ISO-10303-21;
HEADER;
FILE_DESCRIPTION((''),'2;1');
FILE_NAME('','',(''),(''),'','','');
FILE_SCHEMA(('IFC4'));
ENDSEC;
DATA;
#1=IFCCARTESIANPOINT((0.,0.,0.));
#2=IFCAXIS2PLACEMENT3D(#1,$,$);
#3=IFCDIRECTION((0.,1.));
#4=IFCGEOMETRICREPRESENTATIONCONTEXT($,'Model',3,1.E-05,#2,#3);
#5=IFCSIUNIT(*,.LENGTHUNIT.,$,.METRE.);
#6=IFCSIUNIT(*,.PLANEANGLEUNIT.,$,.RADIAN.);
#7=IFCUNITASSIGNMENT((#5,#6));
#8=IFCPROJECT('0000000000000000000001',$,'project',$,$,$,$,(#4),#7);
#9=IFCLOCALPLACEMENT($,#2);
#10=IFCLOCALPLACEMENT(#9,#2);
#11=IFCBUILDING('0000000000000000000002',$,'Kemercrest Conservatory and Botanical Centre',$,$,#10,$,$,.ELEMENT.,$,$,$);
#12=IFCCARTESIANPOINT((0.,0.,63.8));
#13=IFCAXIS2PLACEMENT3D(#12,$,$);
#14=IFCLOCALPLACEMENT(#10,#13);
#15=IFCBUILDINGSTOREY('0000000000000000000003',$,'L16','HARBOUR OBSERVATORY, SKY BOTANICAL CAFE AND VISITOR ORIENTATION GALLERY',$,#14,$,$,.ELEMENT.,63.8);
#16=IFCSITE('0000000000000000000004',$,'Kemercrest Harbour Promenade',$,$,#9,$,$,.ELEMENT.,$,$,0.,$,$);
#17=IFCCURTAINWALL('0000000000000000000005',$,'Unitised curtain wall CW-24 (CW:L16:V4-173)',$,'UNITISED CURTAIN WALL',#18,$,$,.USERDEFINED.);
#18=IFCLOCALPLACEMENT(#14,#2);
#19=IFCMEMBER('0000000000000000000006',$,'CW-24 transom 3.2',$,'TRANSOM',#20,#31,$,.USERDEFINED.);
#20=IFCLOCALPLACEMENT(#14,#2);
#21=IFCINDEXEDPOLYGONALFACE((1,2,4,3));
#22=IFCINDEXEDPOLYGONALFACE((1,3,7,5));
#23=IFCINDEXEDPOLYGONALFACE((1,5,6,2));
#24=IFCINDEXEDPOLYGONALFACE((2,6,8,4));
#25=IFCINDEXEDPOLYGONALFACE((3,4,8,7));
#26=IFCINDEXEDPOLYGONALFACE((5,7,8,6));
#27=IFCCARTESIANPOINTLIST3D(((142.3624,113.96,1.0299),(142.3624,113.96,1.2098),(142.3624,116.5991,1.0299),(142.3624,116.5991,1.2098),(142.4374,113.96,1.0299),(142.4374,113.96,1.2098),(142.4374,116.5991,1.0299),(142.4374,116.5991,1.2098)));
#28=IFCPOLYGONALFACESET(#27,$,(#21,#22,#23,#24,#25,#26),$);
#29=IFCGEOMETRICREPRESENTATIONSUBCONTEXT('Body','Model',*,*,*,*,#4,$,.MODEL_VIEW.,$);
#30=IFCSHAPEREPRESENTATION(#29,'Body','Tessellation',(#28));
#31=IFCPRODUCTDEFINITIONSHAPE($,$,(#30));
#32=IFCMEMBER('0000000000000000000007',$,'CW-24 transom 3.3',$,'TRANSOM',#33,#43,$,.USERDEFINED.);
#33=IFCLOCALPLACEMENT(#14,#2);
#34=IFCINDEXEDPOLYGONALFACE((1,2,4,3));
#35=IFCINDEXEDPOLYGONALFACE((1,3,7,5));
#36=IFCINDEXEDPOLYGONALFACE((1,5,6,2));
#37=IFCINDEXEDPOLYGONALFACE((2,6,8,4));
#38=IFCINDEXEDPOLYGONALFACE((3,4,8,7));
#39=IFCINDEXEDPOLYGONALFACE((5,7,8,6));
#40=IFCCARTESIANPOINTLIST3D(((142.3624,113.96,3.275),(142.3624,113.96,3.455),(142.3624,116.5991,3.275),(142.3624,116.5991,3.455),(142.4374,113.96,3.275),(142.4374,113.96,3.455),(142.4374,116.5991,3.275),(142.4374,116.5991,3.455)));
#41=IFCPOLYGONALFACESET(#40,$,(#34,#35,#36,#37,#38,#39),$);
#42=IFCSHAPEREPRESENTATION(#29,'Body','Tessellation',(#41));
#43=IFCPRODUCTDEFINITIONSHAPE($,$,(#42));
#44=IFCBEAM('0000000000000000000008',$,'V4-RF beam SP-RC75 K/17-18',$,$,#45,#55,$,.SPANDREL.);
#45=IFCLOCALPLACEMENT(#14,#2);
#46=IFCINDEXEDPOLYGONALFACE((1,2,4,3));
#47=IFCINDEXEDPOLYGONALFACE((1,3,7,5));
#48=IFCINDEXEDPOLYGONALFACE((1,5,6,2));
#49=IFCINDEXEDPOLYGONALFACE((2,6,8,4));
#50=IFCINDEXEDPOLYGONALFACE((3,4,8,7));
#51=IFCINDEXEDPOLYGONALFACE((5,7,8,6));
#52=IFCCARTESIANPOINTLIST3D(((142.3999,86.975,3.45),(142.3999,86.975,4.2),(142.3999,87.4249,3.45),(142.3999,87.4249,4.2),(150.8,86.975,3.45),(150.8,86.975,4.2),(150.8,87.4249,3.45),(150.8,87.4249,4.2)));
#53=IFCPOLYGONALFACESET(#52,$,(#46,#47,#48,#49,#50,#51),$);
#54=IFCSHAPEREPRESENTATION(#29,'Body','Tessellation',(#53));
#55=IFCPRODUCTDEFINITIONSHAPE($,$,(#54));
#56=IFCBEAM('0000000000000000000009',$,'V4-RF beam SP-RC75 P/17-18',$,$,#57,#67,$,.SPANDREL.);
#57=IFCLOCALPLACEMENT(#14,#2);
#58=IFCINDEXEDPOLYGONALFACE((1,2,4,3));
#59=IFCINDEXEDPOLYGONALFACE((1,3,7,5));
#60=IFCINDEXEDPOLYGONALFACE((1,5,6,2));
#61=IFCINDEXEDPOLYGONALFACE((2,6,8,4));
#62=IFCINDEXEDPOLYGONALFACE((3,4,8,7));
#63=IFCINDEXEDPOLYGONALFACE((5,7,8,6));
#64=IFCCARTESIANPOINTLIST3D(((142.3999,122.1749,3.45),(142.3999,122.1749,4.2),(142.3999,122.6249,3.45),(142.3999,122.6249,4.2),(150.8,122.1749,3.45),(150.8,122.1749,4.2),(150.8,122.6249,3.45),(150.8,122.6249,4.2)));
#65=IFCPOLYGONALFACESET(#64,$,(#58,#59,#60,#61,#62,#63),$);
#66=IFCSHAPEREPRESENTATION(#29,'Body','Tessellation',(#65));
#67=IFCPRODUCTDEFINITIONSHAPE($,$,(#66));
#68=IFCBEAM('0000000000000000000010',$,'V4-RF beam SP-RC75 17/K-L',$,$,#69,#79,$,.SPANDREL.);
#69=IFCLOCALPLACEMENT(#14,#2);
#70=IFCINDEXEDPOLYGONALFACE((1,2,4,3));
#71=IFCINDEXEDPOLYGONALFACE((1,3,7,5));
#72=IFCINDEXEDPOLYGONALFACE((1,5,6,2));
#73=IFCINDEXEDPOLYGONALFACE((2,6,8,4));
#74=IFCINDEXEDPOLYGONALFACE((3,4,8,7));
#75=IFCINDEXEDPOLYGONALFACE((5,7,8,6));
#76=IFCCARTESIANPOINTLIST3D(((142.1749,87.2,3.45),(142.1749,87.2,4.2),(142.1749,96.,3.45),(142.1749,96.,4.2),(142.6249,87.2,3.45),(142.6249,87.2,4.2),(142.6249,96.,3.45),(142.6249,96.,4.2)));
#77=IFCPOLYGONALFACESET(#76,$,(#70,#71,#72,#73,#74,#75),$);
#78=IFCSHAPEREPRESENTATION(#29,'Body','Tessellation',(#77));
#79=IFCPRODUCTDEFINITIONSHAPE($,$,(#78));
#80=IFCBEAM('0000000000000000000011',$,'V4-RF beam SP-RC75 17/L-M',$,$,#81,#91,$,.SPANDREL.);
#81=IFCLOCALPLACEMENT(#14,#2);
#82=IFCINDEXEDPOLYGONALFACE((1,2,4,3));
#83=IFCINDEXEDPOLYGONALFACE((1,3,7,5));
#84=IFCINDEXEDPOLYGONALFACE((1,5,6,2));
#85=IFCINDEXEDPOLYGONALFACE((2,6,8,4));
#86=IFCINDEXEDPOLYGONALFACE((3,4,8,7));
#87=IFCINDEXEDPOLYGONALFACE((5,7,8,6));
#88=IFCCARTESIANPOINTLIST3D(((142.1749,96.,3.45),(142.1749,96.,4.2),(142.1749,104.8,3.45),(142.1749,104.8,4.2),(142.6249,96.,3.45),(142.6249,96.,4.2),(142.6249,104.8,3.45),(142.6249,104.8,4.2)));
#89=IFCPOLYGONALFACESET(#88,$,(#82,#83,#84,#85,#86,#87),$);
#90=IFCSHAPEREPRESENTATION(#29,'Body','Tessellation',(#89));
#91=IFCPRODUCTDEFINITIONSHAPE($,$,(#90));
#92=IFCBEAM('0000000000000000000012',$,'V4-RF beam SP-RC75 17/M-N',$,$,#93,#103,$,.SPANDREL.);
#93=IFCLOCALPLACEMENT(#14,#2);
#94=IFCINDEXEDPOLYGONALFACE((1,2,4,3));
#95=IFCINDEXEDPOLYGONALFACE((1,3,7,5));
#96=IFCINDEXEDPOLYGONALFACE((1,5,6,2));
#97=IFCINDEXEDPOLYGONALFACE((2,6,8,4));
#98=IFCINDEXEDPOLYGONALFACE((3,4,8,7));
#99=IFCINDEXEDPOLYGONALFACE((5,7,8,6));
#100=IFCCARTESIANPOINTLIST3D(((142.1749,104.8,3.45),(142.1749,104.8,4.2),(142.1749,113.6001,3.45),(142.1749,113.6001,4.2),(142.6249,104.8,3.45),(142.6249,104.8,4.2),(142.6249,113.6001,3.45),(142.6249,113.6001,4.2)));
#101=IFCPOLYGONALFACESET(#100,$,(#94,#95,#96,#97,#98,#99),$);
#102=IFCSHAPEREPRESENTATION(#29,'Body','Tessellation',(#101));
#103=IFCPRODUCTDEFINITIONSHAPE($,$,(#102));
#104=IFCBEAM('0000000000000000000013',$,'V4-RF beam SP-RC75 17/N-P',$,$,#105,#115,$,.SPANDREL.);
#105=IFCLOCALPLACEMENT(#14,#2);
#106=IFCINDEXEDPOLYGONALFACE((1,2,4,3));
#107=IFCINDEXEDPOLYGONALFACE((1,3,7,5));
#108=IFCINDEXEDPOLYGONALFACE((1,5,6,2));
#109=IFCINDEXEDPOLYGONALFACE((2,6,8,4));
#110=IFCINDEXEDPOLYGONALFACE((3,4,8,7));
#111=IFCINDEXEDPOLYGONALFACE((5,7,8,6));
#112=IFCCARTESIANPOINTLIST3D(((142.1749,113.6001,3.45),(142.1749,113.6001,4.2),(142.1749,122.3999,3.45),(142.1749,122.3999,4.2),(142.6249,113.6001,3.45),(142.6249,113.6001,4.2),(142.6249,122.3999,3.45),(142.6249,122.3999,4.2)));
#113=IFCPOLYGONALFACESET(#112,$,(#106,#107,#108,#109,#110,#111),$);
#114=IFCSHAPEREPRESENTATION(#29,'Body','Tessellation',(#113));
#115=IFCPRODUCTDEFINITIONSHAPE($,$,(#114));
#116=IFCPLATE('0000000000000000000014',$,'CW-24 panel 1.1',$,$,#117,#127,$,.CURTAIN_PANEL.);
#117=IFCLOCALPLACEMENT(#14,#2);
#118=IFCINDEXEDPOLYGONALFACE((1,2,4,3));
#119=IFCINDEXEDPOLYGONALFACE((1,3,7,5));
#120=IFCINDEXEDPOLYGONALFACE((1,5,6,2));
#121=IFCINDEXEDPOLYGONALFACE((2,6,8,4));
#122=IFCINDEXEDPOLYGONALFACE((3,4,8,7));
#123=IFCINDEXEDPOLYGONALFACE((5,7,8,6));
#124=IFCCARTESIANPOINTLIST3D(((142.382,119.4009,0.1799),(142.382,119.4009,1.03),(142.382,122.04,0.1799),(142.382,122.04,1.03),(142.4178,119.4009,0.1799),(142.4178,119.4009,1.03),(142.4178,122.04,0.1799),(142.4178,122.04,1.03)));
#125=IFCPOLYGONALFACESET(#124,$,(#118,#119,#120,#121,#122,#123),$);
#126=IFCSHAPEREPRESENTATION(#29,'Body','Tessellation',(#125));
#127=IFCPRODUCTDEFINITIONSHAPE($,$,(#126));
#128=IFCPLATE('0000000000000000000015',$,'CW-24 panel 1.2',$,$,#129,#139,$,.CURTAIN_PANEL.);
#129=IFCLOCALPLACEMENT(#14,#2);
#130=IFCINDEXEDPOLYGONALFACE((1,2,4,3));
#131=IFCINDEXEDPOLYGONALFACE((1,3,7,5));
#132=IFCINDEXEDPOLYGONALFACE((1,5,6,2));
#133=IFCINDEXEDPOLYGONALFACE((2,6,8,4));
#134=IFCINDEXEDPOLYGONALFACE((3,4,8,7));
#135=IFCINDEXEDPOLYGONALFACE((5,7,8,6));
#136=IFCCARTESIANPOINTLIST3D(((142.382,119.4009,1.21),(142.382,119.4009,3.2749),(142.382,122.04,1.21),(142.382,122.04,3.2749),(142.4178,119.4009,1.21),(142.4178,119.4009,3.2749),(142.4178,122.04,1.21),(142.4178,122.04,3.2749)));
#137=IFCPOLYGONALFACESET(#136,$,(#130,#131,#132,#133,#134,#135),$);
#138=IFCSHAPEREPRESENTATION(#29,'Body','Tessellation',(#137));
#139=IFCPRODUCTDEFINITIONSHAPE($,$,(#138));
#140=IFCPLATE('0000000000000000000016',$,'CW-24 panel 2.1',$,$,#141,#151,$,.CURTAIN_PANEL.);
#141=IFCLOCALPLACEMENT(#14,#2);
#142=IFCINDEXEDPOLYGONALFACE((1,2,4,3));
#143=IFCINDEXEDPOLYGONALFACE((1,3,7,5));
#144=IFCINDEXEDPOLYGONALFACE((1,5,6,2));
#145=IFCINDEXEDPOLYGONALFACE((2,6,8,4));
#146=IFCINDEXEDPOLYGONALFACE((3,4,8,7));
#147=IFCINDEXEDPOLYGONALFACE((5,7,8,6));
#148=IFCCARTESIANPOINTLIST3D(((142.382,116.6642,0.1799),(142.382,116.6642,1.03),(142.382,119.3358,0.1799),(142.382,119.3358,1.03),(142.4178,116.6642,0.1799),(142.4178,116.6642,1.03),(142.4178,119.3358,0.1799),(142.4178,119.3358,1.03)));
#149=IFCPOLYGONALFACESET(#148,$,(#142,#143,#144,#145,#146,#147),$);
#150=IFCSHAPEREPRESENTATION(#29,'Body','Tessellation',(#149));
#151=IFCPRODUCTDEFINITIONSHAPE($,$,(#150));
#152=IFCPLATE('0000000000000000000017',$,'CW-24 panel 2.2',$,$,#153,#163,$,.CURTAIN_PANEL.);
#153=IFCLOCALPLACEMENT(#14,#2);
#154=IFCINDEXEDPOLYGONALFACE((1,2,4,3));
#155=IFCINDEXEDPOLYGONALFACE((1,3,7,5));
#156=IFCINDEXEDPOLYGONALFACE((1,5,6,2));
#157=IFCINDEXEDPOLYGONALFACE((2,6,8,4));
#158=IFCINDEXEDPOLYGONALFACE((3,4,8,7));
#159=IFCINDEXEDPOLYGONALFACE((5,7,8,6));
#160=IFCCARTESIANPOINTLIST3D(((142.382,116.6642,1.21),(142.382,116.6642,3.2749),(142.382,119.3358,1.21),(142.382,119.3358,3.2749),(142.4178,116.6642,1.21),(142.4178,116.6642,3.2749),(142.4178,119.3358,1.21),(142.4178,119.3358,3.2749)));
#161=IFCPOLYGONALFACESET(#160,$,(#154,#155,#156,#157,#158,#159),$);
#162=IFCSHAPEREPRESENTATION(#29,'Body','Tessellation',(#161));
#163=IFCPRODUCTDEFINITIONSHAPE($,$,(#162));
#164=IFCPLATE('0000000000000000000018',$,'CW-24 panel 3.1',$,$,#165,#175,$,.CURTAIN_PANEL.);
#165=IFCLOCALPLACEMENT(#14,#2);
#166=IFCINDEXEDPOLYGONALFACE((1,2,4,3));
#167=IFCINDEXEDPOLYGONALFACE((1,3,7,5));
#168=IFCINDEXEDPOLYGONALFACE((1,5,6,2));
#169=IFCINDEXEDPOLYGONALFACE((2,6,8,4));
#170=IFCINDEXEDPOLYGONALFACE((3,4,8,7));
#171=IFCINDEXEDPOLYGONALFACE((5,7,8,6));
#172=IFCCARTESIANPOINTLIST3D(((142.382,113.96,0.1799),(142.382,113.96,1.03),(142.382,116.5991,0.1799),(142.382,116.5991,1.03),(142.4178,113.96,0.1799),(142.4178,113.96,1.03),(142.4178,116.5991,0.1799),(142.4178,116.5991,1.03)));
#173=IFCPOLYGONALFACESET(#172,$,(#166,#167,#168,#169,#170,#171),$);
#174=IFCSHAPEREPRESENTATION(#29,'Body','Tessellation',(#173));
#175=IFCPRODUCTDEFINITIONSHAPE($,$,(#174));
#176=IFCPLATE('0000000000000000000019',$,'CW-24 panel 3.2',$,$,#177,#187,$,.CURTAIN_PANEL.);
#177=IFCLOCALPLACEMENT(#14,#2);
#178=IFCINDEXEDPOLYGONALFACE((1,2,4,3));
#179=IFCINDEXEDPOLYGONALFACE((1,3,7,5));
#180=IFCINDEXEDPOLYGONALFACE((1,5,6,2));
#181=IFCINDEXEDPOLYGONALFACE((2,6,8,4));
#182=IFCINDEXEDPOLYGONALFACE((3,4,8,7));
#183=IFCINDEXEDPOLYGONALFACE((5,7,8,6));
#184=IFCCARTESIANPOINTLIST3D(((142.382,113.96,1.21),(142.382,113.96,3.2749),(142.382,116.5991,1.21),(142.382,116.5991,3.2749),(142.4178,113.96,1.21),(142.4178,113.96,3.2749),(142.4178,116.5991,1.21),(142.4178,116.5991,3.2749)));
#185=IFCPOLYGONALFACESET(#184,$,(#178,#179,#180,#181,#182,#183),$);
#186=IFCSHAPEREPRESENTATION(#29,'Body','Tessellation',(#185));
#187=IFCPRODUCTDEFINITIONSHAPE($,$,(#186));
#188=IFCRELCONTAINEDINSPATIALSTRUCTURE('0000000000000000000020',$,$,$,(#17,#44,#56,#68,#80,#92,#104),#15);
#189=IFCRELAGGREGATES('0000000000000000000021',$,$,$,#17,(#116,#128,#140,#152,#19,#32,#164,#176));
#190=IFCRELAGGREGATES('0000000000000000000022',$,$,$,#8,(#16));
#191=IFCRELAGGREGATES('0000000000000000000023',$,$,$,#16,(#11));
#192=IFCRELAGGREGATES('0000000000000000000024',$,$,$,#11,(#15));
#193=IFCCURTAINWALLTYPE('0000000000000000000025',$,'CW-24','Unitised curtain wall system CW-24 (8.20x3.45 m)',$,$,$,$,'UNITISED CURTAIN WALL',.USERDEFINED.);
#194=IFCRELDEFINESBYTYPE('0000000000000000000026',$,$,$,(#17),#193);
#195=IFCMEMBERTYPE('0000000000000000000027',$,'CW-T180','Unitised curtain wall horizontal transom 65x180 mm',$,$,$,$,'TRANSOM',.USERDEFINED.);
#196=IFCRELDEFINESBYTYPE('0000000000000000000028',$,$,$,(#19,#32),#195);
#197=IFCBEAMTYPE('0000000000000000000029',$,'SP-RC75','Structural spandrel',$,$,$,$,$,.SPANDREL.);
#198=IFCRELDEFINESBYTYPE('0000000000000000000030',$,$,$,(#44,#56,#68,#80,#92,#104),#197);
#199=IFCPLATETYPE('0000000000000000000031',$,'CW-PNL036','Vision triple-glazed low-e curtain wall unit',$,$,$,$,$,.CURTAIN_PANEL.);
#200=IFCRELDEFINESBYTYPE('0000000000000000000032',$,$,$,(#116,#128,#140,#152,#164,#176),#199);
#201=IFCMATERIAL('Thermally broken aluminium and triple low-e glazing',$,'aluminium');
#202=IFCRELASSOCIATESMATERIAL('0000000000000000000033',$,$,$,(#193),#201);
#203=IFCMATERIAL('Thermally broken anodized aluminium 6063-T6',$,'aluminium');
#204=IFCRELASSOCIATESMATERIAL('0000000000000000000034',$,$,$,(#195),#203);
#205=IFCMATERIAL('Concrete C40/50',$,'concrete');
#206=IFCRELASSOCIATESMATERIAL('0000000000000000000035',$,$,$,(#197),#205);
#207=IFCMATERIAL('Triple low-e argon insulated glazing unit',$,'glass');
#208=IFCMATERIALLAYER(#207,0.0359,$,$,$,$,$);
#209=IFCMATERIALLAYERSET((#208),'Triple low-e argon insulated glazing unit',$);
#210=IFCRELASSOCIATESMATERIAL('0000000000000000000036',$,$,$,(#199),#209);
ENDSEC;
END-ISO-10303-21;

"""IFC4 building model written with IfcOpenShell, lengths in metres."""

from ifc_helpers import new_model, si_unit, direction, frame, origin, origin_2d, place, context, subcontext, project, spatial, rectangle, extrude, material, layer, layer_set, material_profile, profile_set, type_object, element, aggregate, save


model = new_model("IFC4")

# Units and contexts
model_context = context("Model", 3, precision=1e-05, world=origin(), true_north=direction((0.0, 1.0)))
body_context = subcontext(model_context, "Body", "Model", "MODEL_VIEW")
ifc_project = project(units=[si_unit("LENGTHUNIT", "METRE"), si_unit("PLANEANGLEUNIT", "RADIAN")], contexts=[model_context])

# Site, building, storey
site_placement = place(None, origin())
site = spatial("IfcSite", under=ifc_project, at=site_placement, Name="Kemercrest Harbour Promenade", CompositionType="ELEMENT", RefElevation=0.0)
building_placement = place(site_placement, origin())
building = spatial("IfcBuilding", under=site, at=building_placement, Name="Kemercrest Conservatory and Botanical Centre", CompositionType="ELEMENT")
storey_placement = place(building_placement, frame((0.0, 0.0, 63.8)))
storey = spatial("IfcBuildingStorey", under=building, at=storey_placement, Name="L16", Description="HARBOUR OBSERVATORY, SKY BOTANICAL CAFE AND VISITOR ORIENTATION GALLERY", CompositionType="ELEMENT", Elevation=63.8)

# Shared definitions
ifc_material_1 = material(Name="Concrete C40/50", Category="concrete")

# Curtain wall, members
ifc_material_2 = material(Name="Thermally broken aluminium and triple low-e glazing", Category="aluminium")
curtain_wall_type = type_object("IfcCurtainWallType", Name="CW-24", Description="Unitised curtain wall system CW-24 (8.20x3.45 m)", ElementType="UNITISED CURTAIN WALL", PredefinedType="USERDEFINED", material=ifc_material_2)
curtain_wall_placement = place(storey_placement, origin())
curtain_wall = element("IfcCurtainWall", 1, at=curtain_wall_placement, inside=storey, type_object=curtain_wall_type, Name="Unitised curtain wall CW-24 (CW:L16:V4-173)", ObjectType="UNITISED CURTAIN WALL", PredefinedType="USERDEFINED")
ifc_material_3 = material(Name="Thermally broken anodized aluminium 6063-T6", Category="aluminium")
ifc_material_profile_1 = material_profile(ifc_material_3, rectangle(XDim=0.075, YDim=0.1799, at=origin_2d()), Name="AL TRANSOM 75x180")
ifc_profile_set_1 = profile_set([ifc_material_profile_1], Name="Thermally broken anodized aluminium 6063-T6")
member_type_1 = type_object("IfcMemberType", Name="CW-T180", Description="Unitised curtain wall horizontal transom 65x180 mm", ElementType="TRANSOM", PredefinedType="USERDEFINED", material=ifc_profile_set_1)
member_1_placement = place(storey_placement, frame((142.3999, 116.5991, 1.1199), z_axis=(0.0, -1.0, 0.0), x_axis=(1.0, 0.0, 0.0)))
member_1 = element("IfcMember", 2, at=member_1_placement, type_object=member_type_1, Name="CW-24 transom 3.2", ObjectType="TRANSOM", PredefinedType="USERDEFINED", context=body_context, shape_type="SweptSolid", body=[
    extrude(rectangle(XDim=0.075, YDim=0.1799, at=origin_2d()), origin(), (0.0, 0.0, 1.0), 2.6392),
])
member_2_placement = place(storey_placement, frame((142.3999, 116.5991, 3.365), z_axis=(0.0, -1.0, 0.0), x_axis=(1.0, 0.0, 0.0)))
member_2 = element("IfcMember", 3, at=member_2_placement, type_object=member_type_1, Name="CW-24 transom 3.3", ObjectType="TRANSOM", PredefinedType="USERDEFINED", context=body_context, shape_type="SweptSolid", body=[
    extrude(rectangle(XDim=0.075, YDim=0.1799, at=origin_2d()), origin(), (0.0, 0.0, 1.0), 2.6392),
])

# Beams
ifc_material_profile_2 = material_profile(ifc_material_1, rectangle(XDim=0.45, YDim=0.75, at=origin_2d()), Name="RC 450x750")
ifc_profile_set_2 = profile_set([ifc_material_profile_2], Name="Concrete C40/50")
beam_type_1 = type_object("IfcBeamType", Name="SP-RC75", Description="Structural spandrel", PredefinedType="SPANDREL", material=ifc_profile_set_2)
for number, where, z_axis, x_axis, name in (
    (4, (142.3999, 87.2, 3.825), (1.0, 0.0, 0.0), (0.0, 1.0, 0.0), "V4-RF beam SP-RC75 K/17-18"),
    (5, (142.3999, 122.3999, 3.825), (1.0, 0.0, 0.0), (0.0, 1.0, 0.0), "V4-RF beam SP-RC75 P/17-18"),
):
    element("IfcBeam", number, at=place(storey_placement, frame(where, z_axis=z_axis, x_axis=x_axis)), inside=storey, type_object=beam_type_1, Name=name, PredefinedType="SPANDREL", context=body_context, shape_type="SweptSolid", body=[
        extrude(rectangle(XDim=0.45, YDim=0.75, at=origin_2d()), origin(), (0.0, 0.0, 1.0), 8.4001),
    ])
for number, where, z_axis, x_axis, name in (
    (6, (142.3999, 87.2, 3.825), (0.0, 1.0, 0.0), (-1.0, 0.0, 0.0), "V4-RF beam SP-RC75 17/K-L"),
    (7, (142.3999, 96.0, 3.825), (0.0, 1.0, 0.0), (-1.0, 0.0, 0.0), "V4-RF beam SP-RC75 17/L-M"),
    (8, (142.3999, 104.8, 3.825), (0.0, 1.0, 0.0), (-1.0, 0.0, 0.0), "V4-RF beam SP-RC75 17/M-N"),
):
    element("IfcBeam", number, at=place(storey_placement, frame(where, z_axis=z_axis, x_axis=x_axis)), inside=storey, type_object=beam_type_1, Name=name, PredefinedType="SPANDREL", context=body_context, shape_type="SweptSolid", body=[
        extrude(rectangle(XDim=0.45, YDim=0.75, at=origin_2d()), origin(), (0.0, 0.0, 1.0), 8.8),
    ])
beam_placement = place(storey_placement, frame((142.3999, 113.6001, 3.825), z_axis=(0.0, 1.0, 0.0), x_axis=(-1.0, 0.0, 0.0)))
element("IfcBeam", 9, at=beam_placement, inside=storey, type_object=beam_type_1, Name="V4-RF beam SP-RC75 17/N-P", PredefinedType="SPANDREL", context=body_context, shape_type="SweptSolid", body=[
    extrude(rectangle(XDim=0.45, YDim=0.75, at=origin_2d()), origin(), (0.0, 0.0, 1.0), 8.7998),
])

# Plates
ifc_material_4 = material(Name="Triple low-e argon insulated glazing unit", Category="glass")
ifc_layer = layer(ifc_material_4, 0.0359)
ifc_layer_set = layer_set([ifc_layer], Name="Triple low-e argon insulated glazing unit")
plate_type = type_object("IfcPlateType", Name="CW-PNL036", Description="Vision triple-glazed low-e curtain wall unit", PredefinedType="CURTAIN_PANEL", material=ifc_layer_set)
plate_1_placement = place(storey_placement, frame((142.3999, 120.7205, 0.1799), z_axis=(0.0, 0.0, 1.0), x_axis=(0.0, -1.0, 0.0)))
plate_1 = element("IfcPlate", 10, at=plate_1_placement, type_object=plate_type, Name="CW-24 panel 1.1", PredefinedType="CURTAIN_PANEL", context=body_context, shape_type="SweptSolid", body=[
    extrude(rectangle(XDim=2.6392, YDim=0.0359, at=origin_2d()), origin(), (0.0, 0.0, 1.0), 0.8501),
])
plate_2_placement = place(storey_placement, frame((142.3999, 120.7205, 1.21), z_axis=(0.0, 0.0, 1.0), x_axis=(0.0, -1.0, 0.0)))
plate_2 = element("IfcPlate", 11, at=plate_2_placement, type_object=plate_type, Name="CW-24 panel 1.2", PredefinedType="CURTAIN_PANEL", context=body_context, shape_type="SweptSolid", body=[
    extrude(rectangle(XDim=2.6392, YDim=0.0359, at=origin_2d()), origin(), (0.0, 0.0, 1.0), 2.0649),
])
plate_3_placement = place(storey_placement, frame((142.3999, 118.0, 0.1799), z_axis=(0.0, 0.0, 1.0), x_axis=(0.0, -1.0, 0.0)))
plate_3 = element("IfcPlate", 12, at=plate_3_placement, type_object=plate_type, Name="CW-24 panel 2.1", PredefinedType="CURTAIN_PANEL", context=body_context, shape_type="SweptSolid", body=[
    extrude(rectangle(XDim=2.6716, YDim=0.0359, at=origin_2d()), origin(), (0.0, 0.0, 1.0), 0.8501),
])
plate_4_placement = place(storey_placement, frame((142.3999, 118.0, 1.21), z_axis=(0.0, 0.0, 1.0), x_axis=(0.0, -1.0, 0.0)))
plate_4 = element("IfcPlate", 13, at=plate_4_placement, type_object=plate_type, Name="CW-24 panel 2.2", PredefinedType="CURTAIN_PANEL", context=body_context, shape_type="SweptSolid", body=[
    extrude(rectangle(XDim=2.6716, YDim=0.0359, at=origin_2d()), origin(), (0.0, 0.0, 1.0), 2.0649),
])
plate_5_placement = place(storey_placement, frame((142.3999, 115.2795, 0.1799), z_axis=(0.0, 0.0, 1.0), x_axis=(0.0, -1.0, 0.0)))
plate_5 = element("IfcPlate", 14, at=plate_5_placement, type_object=plate_type, Name="CW-24 panel 3.1", PredefinedType="CURTAIN_PANEL", context=body_context, shape_type="SweptSolid", body=[
    extrude(rectangle(XDim=2.6392, YDim=0.0359, at=origin_2d()), origin(), (0.0, 0.0, 1.0), 0.8501),
])
plate_6_placement = place(storey_placement, frame((142.3999, 115.2795, 1.21), z_axis=(0.0, 0.0, 1.0), x_axis=(0.0, -1.0, 0.0)))
plate_6 = element("IfcPlate", 15, at=plate_6_placement, type_object=plate_type, Name="CW-24 panel 3.2", PredefinedType="CURTAIN_PANEL", context=body_context, shape_type="SweptSolid", body=[
    extrude(rectangle(XDim=2.6392, YDim=0.0359, at=origin_2d()), origin(), (0.0, 0.0, 1.0), 2.0649),
])
aggregate(curtain_wall, [plate_1, plate_2, plate_3, plate_4, member_1, member_2, plate_5, plate_6])

save(model, "model.ifc")
